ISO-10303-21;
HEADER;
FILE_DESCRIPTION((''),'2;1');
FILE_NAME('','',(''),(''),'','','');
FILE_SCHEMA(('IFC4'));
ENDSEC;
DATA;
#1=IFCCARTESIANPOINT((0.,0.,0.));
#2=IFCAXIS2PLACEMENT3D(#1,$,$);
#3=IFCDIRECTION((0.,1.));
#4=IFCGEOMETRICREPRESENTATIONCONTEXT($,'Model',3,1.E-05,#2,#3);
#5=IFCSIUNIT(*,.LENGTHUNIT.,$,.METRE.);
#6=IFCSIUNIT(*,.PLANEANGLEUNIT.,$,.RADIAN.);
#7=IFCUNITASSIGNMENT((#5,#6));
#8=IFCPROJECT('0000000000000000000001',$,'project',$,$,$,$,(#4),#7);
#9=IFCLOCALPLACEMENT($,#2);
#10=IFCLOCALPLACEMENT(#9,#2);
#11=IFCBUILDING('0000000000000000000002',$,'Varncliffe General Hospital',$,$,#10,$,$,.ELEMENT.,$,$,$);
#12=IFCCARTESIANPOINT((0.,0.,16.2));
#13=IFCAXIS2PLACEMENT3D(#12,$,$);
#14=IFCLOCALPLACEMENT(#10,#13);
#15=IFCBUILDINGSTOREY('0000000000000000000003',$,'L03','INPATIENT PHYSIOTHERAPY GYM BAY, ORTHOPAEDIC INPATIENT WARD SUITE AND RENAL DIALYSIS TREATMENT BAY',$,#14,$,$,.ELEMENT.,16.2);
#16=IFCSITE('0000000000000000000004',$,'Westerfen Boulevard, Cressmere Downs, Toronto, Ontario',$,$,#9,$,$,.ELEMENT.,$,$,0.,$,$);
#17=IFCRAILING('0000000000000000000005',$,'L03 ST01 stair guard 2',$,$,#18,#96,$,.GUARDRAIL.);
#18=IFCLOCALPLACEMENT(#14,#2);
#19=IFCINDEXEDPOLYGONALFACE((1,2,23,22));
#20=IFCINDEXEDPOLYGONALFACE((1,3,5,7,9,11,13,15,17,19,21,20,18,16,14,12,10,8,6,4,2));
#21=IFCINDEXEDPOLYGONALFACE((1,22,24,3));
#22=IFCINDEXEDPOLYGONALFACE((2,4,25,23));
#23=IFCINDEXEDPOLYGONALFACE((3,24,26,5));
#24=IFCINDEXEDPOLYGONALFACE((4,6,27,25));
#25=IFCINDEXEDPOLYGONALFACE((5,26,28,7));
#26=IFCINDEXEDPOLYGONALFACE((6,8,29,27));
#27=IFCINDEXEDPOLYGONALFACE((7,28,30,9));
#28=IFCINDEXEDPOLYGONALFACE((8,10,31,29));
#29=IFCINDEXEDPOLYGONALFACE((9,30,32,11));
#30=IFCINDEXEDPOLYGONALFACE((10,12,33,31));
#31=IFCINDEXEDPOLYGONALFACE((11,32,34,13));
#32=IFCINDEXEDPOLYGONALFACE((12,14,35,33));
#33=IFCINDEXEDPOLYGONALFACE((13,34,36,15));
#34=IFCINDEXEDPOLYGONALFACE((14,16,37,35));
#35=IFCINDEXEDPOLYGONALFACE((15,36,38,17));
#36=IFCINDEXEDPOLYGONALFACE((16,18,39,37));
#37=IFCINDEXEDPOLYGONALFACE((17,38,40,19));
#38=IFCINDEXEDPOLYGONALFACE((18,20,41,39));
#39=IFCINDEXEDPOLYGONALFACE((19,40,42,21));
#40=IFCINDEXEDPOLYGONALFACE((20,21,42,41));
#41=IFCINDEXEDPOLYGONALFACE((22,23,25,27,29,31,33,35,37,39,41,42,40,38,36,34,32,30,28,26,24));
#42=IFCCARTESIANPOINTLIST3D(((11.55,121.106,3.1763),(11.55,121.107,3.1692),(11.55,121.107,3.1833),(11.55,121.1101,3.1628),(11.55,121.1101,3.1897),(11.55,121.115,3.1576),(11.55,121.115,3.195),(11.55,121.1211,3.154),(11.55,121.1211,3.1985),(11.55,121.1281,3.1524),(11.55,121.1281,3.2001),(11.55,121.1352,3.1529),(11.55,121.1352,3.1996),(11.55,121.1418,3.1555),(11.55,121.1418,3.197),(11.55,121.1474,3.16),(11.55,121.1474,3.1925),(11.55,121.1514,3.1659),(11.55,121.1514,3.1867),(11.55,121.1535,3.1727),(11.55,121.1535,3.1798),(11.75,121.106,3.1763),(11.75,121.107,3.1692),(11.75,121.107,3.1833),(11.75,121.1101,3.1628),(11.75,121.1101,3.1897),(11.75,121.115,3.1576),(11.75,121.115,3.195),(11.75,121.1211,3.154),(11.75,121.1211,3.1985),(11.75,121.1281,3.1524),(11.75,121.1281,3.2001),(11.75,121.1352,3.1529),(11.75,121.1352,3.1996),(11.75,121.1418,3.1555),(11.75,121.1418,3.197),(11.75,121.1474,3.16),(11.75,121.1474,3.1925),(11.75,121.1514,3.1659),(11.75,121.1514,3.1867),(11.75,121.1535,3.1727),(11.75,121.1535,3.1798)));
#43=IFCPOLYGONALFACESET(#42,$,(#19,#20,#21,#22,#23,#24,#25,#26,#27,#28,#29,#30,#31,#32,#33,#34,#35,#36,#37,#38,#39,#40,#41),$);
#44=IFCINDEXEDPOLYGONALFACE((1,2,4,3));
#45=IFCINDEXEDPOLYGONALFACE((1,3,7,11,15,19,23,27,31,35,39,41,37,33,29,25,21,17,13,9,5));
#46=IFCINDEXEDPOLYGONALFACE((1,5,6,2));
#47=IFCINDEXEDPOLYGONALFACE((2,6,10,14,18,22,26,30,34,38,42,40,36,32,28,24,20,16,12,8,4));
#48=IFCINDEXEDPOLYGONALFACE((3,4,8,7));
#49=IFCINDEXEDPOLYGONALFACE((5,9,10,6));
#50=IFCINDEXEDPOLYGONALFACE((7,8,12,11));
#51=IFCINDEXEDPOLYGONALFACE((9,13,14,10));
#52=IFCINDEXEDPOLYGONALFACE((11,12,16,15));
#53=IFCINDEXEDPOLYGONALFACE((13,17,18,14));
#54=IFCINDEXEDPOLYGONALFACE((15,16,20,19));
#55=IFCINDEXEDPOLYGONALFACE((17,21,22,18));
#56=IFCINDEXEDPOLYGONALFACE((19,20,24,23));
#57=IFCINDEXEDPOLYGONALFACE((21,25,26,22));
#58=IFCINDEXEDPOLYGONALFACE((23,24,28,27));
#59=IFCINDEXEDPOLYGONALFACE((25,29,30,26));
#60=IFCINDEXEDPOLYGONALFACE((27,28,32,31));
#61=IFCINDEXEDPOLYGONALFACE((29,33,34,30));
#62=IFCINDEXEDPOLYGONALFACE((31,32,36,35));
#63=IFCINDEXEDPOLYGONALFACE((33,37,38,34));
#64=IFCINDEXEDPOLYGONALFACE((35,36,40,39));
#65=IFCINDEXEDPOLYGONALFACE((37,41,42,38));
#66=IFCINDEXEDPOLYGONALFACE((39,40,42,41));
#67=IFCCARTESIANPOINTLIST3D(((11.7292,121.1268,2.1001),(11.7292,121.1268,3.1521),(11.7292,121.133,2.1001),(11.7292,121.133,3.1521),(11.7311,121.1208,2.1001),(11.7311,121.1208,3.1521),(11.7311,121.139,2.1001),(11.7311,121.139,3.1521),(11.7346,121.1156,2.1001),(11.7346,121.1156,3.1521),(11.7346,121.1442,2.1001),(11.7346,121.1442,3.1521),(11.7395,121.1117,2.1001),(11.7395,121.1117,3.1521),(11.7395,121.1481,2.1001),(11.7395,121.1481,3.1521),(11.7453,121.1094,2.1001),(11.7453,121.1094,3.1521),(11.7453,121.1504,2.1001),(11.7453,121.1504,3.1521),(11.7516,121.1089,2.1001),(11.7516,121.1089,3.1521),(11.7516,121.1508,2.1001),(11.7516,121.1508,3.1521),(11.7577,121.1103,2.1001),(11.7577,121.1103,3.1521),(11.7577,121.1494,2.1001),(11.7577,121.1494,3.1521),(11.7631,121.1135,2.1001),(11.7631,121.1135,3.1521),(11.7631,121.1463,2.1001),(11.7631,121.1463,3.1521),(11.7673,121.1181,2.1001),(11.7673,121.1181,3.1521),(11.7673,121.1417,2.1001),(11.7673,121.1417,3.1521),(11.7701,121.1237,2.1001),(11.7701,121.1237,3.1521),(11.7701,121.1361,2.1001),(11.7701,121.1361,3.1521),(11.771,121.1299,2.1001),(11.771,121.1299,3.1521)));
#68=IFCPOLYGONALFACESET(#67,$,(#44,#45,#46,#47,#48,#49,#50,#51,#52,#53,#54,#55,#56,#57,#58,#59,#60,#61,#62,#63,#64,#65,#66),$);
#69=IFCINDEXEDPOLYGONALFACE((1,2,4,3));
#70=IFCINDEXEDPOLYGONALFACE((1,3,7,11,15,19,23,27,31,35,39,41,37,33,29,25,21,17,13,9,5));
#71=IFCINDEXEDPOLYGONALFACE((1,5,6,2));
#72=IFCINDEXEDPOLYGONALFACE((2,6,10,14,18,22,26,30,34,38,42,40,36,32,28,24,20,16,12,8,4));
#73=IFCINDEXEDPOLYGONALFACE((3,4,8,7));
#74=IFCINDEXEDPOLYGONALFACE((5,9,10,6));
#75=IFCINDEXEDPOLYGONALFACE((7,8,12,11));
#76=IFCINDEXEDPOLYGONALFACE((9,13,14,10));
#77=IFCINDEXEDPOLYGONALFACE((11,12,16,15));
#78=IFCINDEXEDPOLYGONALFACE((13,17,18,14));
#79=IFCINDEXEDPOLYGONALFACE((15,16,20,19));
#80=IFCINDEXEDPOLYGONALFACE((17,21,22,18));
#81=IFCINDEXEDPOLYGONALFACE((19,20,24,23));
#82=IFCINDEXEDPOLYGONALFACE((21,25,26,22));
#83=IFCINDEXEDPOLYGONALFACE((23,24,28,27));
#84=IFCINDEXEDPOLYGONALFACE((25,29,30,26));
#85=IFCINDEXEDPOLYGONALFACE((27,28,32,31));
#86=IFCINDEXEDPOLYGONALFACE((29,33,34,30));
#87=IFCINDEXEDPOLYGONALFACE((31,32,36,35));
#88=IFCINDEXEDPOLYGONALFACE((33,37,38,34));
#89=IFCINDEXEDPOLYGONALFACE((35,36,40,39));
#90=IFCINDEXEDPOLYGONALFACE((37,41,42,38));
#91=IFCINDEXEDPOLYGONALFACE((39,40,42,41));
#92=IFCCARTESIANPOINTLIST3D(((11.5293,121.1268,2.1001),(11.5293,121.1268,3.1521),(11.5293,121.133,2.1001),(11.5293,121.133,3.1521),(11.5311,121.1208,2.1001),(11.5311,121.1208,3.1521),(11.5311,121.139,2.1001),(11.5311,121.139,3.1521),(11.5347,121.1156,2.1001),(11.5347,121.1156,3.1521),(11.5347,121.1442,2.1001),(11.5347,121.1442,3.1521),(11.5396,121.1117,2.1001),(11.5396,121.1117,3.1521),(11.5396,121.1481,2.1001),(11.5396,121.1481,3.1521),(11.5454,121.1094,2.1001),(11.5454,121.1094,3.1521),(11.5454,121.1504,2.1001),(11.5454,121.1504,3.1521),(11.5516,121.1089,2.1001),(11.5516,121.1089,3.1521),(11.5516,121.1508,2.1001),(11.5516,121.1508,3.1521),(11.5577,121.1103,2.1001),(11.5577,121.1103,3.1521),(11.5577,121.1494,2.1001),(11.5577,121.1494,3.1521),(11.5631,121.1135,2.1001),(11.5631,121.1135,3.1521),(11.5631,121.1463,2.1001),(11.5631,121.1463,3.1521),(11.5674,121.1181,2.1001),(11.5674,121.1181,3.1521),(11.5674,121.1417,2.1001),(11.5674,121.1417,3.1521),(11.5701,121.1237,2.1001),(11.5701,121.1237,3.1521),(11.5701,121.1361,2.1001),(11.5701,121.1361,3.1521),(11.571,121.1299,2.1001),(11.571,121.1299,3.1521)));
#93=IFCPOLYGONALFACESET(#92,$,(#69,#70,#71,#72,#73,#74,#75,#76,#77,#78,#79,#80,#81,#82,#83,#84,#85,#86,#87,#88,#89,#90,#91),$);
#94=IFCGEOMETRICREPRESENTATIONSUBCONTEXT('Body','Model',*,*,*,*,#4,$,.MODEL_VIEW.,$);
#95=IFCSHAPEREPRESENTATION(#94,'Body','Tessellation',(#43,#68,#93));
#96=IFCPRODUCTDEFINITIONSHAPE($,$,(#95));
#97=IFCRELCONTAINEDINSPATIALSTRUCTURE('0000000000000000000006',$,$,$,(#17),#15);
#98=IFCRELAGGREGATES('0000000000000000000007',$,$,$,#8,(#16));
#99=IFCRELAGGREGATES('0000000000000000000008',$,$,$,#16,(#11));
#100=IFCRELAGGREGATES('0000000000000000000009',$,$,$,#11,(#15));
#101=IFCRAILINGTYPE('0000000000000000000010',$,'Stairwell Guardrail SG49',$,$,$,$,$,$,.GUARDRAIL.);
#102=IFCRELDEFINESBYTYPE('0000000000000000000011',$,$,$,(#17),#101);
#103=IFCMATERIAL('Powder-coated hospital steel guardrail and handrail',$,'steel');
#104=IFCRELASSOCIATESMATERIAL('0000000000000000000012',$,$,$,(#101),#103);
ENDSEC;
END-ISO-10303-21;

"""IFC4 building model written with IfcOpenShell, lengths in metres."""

from ifc_helpers import new_model, si_unit, direction, frame, origin, origin_2d, place, context, subcontext, project, spatial, circle, extrude, material, type_object, element, save


model = new_model("IFC4")

# Units and contexts
model_context = context("Model", 3, precision=1e-05, world=origin(), true_north=direction((0.0, 1.0)))
body_context = subcontext(model_context, "Body", "Model", "MODEL_VIEW")
ifc_project = project(units=[si_unit("LENGTHUNIT", "METRE"), si_unit("PLANEANGLEUNIT", "RADIAN")], contexts=[model_context])

# Site, building, storey
site_placement = place(None, origin())
site = spatial("IfcSite", under=ifc_project, at=site_placement, Name="Westerfen Boulevard, Cressmere Downs, Toronto, Ontario", CompositionType="ELEMENT", RefElevation=0.0)
building_placement = place(site_placement, origin())
building = spatial("IfcBuilding", under=site, at=building_placement, Name="Varncliffe General Hospital", CompositionType="ELEMENT")
storey_placement = place(building_placement, frame((0.0, 0.0, 16.2)))
storey = spatial("IfcBuildingStorey", under=building, at=storey_placement, Name="L03", Description="INPATIENT PHYSIOTHERAPY GYM BAY, ORTHOPAEDIC INPATIENT WARD SUITE AND RENAL DIALYSIS TREATMENT BAY", CompositionType="ELEMENT", Elevation=16.2)

# Railing
ifc_material_1 = material(Name="Powder-coated hospital steel guardrail and handrail", Category="steel")
railing_type_1 = type_object("IfcRailingType", Name="Stairwell Guardrail SG49", PredefinedType="GUARDRAIL", material=ifc_material_1)
railing_1_placement = place(storey_placement, frame((11.75, 121.1299, 2.1001)))
element("IfcRailing", 1, at=railing_1_placement, inside=storey, type_object=railing_type_1, Name="L03 ST01 stair guard 2", PredefinedType="GUARDRAIL", context=body_context, shape_type="SweptSolid", body=[
    extrude(circle(Radius=0.0239, at=origin_2d()), frame((0.0, 0.0, 1.0762), z_axis=(-1.0, 0.0, 0.0), x_axis=(0.0, -1.0, 0.0)), (0.0, 0.0, 1.0), 0.2),
    extrude(circle(Radius=0.021, at=origin_2d()), origin(), (0.0, 0.0, 1.0), 1.052),
    extrude(circle(Radius=0.021, at=origin_2d()), frame((-0.2, 0.0, 0.0)), (0.0, 0.0, 1.0), 1.052),
])

save(model, "model.ifc")
